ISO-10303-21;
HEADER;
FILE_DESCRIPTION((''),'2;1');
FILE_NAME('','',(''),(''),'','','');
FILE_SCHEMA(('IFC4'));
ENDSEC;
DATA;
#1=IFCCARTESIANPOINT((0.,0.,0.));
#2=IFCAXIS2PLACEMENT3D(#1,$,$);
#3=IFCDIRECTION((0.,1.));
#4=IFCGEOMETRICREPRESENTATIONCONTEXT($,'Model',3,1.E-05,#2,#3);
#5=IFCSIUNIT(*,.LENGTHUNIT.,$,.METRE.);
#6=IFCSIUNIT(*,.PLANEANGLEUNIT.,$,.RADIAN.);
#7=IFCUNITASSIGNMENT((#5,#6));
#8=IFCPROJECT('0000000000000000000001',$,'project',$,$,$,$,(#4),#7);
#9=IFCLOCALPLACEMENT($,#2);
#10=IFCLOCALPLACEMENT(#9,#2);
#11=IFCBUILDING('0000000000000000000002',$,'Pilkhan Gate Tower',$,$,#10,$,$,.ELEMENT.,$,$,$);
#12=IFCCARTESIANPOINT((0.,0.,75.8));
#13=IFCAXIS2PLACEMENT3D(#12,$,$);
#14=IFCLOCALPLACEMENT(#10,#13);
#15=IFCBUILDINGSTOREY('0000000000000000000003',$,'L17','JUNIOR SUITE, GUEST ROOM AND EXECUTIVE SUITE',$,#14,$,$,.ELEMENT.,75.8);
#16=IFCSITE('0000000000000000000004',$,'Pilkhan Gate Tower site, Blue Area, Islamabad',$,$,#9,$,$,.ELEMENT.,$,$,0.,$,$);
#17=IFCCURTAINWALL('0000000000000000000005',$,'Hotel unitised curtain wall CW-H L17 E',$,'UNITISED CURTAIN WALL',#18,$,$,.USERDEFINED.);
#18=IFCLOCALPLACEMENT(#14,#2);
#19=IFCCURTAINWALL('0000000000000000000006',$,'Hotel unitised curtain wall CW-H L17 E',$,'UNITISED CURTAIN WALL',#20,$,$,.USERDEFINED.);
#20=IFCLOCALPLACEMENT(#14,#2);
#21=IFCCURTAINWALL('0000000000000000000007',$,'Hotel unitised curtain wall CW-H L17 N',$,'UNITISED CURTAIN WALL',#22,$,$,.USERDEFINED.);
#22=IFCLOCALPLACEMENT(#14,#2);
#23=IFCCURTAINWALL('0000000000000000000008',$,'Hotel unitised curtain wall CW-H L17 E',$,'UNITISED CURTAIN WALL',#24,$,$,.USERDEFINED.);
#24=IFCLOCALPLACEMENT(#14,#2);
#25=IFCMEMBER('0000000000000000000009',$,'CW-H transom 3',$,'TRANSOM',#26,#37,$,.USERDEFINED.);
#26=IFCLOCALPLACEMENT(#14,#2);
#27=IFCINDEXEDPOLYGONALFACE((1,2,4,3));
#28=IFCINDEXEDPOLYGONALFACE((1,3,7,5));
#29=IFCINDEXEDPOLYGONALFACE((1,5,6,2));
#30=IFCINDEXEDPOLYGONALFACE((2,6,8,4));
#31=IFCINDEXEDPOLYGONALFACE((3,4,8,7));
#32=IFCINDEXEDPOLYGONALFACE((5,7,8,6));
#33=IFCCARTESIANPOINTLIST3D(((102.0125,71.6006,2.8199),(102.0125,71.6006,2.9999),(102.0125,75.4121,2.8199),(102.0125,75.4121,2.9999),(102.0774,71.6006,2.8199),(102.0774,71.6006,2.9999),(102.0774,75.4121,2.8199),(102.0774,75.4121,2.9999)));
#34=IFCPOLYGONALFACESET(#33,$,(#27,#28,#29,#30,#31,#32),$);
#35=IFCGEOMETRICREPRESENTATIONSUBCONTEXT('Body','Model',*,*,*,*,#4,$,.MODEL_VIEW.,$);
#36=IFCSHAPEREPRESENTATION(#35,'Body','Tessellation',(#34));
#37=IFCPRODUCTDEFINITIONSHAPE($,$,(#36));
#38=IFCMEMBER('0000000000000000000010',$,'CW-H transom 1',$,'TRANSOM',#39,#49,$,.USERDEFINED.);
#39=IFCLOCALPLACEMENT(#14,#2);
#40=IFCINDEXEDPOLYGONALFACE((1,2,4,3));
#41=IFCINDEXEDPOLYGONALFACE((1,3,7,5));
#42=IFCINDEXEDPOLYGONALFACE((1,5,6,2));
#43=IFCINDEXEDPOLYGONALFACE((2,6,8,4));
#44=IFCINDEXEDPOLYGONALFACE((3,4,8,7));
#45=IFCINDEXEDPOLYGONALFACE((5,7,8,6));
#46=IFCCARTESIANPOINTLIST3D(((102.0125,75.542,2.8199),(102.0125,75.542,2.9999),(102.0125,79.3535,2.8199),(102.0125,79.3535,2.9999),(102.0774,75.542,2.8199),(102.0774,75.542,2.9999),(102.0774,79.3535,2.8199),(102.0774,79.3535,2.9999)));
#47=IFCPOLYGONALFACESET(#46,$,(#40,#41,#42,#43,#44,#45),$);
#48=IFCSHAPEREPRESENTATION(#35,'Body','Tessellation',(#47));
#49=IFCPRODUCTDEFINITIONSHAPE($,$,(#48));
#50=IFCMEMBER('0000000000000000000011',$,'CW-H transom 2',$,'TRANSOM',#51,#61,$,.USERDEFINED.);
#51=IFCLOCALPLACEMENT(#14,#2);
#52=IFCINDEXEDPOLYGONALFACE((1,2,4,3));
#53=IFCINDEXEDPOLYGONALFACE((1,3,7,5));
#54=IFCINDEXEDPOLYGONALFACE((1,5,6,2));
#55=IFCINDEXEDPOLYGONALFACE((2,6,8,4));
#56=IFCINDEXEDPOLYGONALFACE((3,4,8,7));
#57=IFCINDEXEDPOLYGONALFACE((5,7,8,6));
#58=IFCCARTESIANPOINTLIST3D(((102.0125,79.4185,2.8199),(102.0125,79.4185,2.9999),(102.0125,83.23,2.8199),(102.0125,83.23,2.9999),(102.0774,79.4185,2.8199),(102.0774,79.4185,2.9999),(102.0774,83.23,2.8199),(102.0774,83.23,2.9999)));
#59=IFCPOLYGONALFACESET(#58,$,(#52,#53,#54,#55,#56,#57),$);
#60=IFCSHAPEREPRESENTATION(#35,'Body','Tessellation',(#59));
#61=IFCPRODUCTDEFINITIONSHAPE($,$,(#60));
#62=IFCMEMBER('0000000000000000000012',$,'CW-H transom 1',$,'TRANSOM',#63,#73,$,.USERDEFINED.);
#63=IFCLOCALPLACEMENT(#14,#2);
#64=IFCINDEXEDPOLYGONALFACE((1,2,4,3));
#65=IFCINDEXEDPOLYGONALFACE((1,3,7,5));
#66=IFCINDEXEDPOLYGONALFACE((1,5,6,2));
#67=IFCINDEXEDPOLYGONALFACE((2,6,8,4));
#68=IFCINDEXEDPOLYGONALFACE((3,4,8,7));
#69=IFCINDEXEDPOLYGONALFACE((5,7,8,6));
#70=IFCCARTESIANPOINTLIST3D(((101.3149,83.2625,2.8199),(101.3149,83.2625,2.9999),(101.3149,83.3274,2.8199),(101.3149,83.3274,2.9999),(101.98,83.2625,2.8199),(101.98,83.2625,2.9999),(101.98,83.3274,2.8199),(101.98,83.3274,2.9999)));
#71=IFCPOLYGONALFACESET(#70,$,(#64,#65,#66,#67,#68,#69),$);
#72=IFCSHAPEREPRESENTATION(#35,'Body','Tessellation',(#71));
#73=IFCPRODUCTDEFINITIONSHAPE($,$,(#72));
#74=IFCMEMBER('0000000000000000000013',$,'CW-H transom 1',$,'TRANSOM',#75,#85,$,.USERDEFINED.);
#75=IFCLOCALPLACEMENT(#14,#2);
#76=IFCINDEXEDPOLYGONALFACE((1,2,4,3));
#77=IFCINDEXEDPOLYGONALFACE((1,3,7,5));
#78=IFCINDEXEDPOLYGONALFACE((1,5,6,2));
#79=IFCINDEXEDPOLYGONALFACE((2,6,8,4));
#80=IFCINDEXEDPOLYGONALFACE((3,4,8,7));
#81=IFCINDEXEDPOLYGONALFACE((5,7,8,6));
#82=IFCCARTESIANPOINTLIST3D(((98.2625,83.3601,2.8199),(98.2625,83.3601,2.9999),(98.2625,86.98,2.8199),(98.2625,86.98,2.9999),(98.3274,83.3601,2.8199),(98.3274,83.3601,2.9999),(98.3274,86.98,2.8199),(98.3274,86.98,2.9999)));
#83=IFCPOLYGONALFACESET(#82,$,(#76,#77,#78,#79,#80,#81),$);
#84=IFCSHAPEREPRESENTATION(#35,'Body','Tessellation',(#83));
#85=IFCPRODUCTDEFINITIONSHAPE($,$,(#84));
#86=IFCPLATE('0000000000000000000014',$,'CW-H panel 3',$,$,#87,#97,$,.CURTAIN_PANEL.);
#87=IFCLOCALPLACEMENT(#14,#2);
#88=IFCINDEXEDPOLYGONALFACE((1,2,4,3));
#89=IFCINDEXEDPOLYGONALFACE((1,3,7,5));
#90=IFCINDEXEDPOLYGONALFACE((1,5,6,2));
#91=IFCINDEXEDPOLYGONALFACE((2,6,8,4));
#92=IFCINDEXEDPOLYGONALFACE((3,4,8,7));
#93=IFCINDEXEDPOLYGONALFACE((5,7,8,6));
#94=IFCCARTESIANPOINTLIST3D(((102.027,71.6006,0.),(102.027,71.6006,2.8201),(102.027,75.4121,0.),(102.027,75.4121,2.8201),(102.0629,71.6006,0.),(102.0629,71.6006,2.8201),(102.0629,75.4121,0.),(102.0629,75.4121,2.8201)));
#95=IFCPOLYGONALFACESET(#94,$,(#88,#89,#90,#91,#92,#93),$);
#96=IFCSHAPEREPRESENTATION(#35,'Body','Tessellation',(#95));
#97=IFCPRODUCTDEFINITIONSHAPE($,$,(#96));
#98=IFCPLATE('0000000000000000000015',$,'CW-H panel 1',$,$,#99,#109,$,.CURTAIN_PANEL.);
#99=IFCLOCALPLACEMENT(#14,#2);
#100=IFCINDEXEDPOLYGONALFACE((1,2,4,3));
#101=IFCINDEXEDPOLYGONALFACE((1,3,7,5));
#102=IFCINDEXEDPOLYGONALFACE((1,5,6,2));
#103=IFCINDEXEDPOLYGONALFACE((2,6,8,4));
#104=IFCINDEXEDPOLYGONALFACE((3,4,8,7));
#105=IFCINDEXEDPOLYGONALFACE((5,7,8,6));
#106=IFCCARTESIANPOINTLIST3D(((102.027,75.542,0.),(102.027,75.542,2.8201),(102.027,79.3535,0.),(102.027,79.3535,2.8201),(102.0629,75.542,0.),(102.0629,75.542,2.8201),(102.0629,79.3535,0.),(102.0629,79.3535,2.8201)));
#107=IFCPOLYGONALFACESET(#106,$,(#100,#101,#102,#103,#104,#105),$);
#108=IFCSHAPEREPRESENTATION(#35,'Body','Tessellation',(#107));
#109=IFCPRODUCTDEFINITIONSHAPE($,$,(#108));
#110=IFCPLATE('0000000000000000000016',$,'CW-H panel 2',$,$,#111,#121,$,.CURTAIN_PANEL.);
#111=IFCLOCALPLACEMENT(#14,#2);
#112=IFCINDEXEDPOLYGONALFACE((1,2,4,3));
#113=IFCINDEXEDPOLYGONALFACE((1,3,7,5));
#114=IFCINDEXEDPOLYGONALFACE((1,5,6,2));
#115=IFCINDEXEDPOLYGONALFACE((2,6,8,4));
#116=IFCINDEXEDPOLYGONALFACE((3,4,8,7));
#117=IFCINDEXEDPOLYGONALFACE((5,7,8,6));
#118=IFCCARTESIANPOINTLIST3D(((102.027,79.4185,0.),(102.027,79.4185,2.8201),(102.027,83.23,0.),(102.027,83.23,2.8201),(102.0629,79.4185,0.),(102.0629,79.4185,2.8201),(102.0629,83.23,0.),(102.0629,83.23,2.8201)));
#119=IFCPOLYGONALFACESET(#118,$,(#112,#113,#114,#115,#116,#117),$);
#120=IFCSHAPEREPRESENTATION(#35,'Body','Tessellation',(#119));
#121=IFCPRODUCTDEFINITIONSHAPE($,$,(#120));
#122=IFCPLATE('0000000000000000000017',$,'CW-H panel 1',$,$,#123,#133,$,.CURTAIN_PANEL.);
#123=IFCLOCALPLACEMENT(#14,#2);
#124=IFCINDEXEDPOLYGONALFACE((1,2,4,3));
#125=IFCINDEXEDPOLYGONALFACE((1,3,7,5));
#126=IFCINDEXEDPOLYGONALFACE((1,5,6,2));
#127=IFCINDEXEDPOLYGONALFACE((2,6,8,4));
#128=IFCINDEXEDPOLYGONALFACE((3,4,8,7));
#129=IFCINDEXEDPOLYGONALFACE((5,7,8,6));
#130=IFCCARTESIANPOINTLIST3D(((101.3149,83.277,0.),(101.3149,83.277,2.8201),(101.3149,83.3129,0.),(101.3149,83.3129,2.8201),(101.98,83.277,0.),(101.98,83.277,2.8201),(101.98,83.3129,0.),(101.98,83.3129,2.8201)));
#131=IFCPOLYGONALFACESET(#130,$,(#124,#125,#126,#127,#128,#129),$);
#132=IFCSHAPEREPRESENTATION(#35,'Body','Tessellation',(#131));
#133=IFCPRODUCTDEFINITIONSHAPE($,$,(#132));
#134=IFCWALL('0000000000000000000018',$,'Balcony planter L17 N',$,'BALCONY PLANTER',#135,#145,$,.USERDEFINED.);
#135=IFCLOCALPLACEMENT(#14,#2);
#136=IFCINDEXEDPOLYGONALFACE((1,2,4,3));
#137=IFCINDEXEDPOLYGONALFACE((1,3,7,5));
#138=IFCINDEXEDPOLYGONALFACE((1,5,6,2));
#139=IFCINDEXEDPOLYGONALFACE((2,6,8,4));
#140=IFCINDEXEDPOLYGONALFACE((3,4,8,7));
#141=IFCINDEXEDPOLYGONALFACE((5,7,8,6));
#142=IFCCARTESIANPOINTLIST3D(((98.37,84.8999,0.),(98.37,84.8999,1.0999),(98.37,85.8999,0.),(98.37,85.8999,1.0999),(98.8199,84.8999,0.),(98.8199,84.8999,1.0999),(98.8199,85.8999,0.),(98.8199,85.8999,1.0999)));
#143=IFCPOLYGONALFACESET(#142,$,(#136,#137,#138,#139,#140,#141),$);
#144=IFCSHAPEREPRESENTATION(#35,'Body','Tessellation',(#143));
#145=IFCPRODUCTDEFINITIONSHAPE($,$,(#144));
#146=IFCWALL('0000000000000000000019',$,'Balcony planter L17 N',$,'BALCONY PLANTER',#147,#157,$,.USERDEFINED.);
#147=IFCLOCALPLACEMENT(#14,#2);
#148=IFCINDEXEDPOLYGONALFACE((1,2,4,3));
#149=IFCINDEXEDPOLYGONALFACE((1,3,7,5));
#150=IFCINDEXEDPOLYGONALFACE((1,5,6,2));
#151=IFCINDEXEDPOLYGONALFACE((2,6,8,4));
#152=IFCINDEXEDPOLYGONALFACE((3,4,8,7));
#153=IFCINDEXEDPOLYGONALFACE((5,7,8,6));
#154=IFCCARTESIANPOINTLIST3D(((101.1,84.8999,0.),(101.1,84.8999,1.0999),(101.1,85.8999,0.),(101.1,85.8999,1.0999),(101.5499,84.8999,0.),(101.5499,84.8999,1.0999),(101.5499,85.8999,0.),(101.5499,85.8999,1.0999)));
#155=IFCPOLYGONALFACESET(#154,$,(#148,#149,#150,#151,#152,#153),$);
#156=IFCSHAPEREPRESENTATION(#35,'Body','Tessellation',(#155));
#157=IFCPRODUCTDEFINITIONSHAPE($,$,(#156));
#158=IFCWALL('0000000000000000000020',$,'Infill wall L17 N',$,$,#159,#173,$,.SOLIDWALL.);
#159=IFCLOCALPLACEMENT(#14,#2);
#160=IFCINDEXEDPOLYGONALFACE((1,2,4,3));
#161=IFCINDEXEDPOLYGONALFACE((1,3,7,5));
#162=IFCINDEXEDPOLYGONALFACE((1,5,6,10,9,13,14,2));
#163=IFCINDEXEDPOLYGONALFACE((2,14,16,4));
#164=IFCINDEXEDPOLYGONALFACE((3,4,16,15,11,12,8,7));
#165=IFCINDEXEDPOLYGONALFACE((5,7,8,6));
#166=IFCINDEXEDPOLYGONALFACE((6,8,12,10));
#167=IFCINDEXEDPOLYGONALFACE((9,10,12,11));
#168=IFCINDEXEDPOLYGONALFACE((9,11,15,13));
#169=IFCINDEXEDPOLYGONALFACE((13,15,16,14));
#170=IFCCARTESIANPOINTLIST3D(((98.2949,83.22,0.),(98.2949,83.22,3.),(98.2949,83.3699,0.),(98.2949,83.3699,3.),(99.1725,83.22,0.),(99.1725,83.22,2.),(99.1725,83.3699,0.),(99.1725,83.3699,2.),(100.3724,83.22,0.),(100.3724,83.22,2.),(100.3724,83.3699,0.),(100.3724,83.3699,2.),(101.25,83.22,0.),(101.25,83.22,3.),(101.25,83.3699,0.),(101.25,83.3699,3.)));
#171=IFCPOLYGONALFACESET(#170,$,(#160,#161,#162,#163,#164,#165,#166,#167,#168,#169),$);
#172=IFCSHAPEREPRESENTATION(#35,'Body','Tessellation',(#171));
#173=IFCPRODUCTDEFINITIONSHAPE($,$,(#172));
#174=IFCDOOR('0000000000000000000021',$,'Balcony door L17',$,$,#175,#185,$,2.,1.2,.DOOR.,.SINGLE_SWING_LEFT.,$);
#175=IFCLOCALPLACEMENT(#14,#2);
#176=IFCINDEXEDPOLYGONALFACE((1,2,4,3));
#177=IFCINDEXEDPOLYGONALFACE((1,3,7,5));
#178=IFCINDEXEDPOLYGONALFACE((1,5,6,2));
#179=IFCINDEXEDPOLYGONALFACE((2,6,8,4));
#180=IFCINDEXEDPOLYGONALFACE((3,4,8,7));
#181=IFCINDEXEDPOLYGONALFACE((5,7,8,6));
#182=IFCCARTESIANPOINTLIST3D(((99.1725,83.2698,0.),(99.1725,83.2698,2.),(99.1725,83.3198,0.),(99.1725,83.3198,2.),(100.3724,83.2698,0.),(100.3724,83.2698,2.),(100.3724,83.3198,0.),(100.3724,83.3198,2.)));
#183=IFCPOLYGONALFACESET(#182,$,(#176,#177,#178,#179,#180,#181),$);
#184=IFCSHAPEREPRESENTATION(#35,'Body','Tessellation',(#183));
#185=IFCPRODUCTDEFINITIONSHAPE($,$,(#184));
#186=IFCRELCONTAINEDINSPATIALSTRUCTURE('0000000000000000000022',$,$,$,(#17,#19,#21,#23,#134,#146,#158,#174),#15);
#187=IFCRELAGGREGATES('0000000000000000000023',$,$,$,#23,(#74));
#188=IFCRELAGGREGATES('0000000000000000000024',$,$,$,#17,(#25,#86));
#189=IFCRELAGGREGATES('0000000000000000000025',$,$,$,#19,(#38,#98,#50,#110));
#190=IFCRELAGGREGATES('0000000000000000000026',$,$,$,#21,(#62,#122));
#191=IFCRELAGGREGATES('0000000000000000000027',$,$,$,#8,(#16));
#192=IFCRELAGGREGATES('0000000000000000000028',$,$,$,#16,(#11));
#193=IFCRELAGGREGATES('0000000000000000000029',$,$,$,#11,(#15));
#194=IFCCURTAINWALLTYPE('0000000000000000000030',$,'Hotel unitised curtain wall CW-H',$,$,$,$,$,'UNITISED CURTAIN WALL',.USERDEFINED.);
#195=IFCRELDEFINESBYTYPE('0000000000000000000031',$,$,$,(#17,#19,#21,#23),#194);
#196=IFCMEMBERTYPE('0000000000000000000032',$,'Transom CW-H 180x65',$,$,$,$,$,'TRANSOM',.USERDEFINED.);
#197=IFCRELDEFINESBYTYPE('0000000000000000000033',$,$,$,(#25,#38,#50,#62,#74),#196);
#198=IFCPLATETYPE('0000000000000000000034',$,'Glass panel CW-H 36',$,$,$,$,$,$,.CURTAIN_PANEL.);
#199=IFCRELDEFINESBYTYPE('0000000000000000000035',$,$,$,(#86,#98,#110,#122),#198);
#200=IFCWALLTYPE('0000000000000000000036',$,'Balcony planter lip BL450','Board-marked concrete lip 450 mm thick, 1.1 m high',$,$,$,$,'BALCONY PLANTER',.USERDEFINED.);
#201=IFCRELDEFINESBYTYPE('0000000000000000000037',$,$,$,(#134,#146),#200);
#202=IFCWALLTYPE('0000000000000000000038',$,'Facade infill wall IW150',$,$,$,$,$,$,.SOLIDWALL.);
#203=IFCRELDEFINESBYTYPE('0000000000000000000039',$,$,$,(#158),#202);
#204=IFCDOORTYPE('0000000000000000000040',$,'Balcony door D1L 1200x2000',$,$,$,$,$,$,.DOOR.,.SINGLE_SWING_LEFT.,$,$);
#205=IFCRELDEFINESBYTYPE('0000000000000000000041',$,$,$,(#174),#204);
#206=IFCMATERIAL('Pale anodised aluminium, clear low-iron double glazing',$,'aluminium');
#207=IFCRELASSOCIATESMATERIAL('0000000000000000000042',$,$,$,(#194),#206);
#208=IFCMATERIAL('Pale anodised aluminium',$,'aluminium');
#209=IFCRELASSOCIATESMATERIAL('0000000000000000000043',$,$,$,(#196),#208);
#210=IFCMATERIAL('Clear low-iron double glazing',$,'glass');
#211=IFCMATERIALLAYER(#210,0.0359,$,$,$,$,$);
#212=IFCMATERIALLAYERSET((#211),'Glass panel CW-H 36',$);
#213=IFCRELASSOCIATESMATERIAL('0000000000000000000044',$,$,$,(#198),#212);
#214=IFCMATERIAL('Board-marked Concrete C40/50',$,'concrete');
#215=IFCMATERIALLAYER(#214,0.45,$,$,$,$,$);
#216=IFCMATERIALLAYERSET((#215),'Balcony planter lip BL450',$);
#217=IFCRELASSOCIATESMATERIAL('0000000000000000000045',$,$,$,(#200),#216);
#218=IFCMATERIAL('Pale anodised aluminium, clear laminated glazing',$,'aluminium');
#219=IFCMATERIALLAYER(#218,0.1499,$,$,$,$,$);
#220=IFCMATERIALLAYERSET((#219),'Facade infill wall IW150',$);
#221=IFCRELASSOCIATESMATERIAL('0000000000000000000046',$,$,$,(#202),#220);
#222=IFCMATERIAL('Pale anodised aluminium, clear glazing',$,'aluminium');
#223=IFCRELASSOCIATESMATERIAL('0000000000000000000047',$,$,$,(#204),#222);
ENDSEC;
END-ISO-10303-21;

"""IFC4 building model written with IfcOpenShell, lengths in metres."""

from ifc_helpers import new_model, si_unit, direction, frame, frame_2d, origin, origin_2d, place, context, subcontext, project, spatial, rectangle, extrude, material, layer, layer_set, material_profile, profile_set, type_object, element, fill, aggregate, save


model = new_model("IFC4")

# Units and contexts
model_context = context("Model", 3, precision=1e-05, world=origin(), true_north=direction((0.0, 1.0)))
body_context = subcontext(model_context, "Body", "Model", "MODEL_VIEW")
ifc_project = project(units=[si_unit("LENGTHUNIT", "METRE"), si_unit("PLANEANGLEUNIT", "RADIAN")], contexts=[model_context])

# Site, building, storey
site_placement = place(None, origin())
site = spatial("IfcSite", under=ifc_project, at=site_placement, Name="Pilkhan Gate Tower site, Blue Area, Islamabad", CompositionType="ELEMENT", RefElevation=0.0)
building_placement = place(site_placement, origin())
building = spatial("IfcBuilding", under=site, at=building_placement, Name="Pilkhan Gate Tower", CompositionType="ELEMENT")
storey_placement = place(building_placement, frame((0.0, 0.0, 75.8)))
storey = spatial("IfcBuildingStorey", under=building, at=storey_placement, Name="L17", Description="JUNIOR SUITE, GUEST ROOM AND EXECUTIVE SUITE", CompositionType="ELEMENT", Elevation=75.8)

# Curtain walls
ifc_material_1 = material(Name="Pale anodised aluminium, clear low-iron double glazing", Category="aluminium")
curtain_wall_type = type_object("IfcCurtainWallType", Name="Hotel unitised curtain wall CW-H", ElementType="UNITISED CURTAIN WALL", PredefinedType="USERDEFINED", material=ifc_material_1)
curtain_wall_1_placement = place(storey_placement, origin())
curtain_wall_1 = element("IfcCurtainWall", 1, at=curtain_wall_1_placement, inside=storey, type_object=curtain_wall_type, Name="Hotel unitised curtain wall CW-H L17 E", ObjectType="UNITISED CURTAIN WALL", PredefinedType="USERDEFINED")
ifc_material_2 = material(Name="Pale anodised aluminium", Category="aluminium")
curtain_wall_2_placement = place(storey_placement, origin())
curtain_wall_2 = element("IfcCurtainWall", 2, at=curtain_wall_2_placement, inside=storey, type_object=curtain_wall_type, Name="Hotel unitised curtain wall CW-H L17 E", ObjectType="UNITISED CURTAIN WALL", PredefinedType="USERDEFINED")
curtain_wall_3_placement = place(storey_placement, origin())
curtain_wall_3 = element("IfcCurtainWall", 3, at=curtain_wall_3_placement, inside=storey, type_object=curtain_wall_type, Name="Hotel unitised curtain wall CW-H L17 N", ObjectType="UNITISED CURTAIN WALL", PredefinedType="USERDEFINED")

# Curtain wall
curtain_wall_4_placement = place(storey_placement, origin())
curtain_wall_4 = element("IfcCurtainWall", 4, at=curtain_wall_4_placement, inside=storey, type_object=curtain_wall_type, Name="Hotel unitised curtain wall CW-H L17 E", ObjectType="UNITISED CURTAIN WALL", PredefinedType="USERDEFINED")

# Members
ifc_material_profile_1 = material_profile(ifc_material_2, rectangle(XDim=0.0649, YDim=0.1799, at=origin_2d()), Name="Transom 180x65")
ifc_profile_set_1 = profile_set([ifc_material_profile_1], Name="Pale anodised aluminium")
member_type_1 = type_object("IfcMemberType", Name="Transom CW-H 180x65", ElementType="TRANSOM", PredefinedType="USERDEFINED", material=ifc_profile_set_1)
member_1_placement = place(storey_placement, frame((102.0449, 71.6006, 2.9099), z_axis=(0.0, 1.0, 0.0), x_axis=(-1.0, 0.0, 0.0)))
member_1 = element("IfcMember", 5, at=member_1_placement, type_object=member_type_1, Name="CW-H transom 3", ObjectType="TRANSOM", PredefinedType="USERDEFINED", context=body_context, shape_type="SweptSolid", body=[
    extrude(rectangle(XDim=0.0649, YDim=0.1799, at=origin_2d()), origin(), (0.0, 0.0, 1.0), 3.8115),
])
member_2_placement = place(storey_placement, frame((102.0449, 75.542, 2.9099), z_axis=(0.0, 1.0, 0.0), x_axis=(-1.0, 0.0, 0.0)))
member_2 = element("IfcMember", 6, at=member_2_placement, type_object=member_type_1, Name="CW-H transom 1", ObjectType="TRANSOM", PredefinedType="USERDEFINED", context=body_context, shape_type="SweptSolid", body=[
    extrude(rectangle(XDim=0.0649, YDim=0.1799, at=origin_2d()), origin(), (0.0, 0.0, 1.0), 3.8115),
])
member_3_placement = place(storey_placement, frame((102.0449, 79.4185, 2.9099), z_axis=(0.0, 1.0, 0.0), x_axis=(-1.0, 0.0, 0.0)))
member_3 = element("IfcMember", 7, at=member_3_placement, type_object=member_type_1, Name="CW-H transom 2", ObjectType="TRANSOM", PredefinedType="USERDEFINED", context=body_context, shape_type="SweptSolid", body=[
    extrude(rectangle(XDim=0.0649, YDim=0.1799, at=origin_2d()), origin(), (0.0, 0.0, 1.0), 3.8115),
])
member_4_placement = place(storey_placement, frame((101.3149, 83.2949, 2.9099), z_axis=(1.0, 0.0, 0.0), x_axis=(0.0, 1.0, 0.0)))
member_4 = element("IfcMember", 8, at=member_4_placement, type_object=member_type_1, Name="CW-H transom 1", ObjectType="TRANSOM", PredefinedType="USERDEFINED", context=body_context, shape_type="SweptSolid", body=[
    extrude(rectangle(XDim=0.0649, YDim=0.1799, at=origin_2d()), origin(), (0.0, 0.0, 1.0), 0.665),
])
member_5_placement = place(storey_placement, frame((98.2949, 83.3601, 2.9099), z_axis=(0.0, 1.0, 0.0), x_axis=(-1.0, 0.0, 0.0)))
member_5 = element("IfcMember", 9, at=member_5_placement, type_object=member_type_1, Name="CW-H transom 1", ObjectType="TRANSOM", PredefinedType="USERDEFINED", context=body_context, shape_type="SweptSolid", body=[
    extrude(rectangle(XDim=0.0649, YDim=0.1799, at=origin_2d()), origin(), (0.0, 0.0, 1.0), 3.6199),
])
aggregate(curtain_wall_4, [member_5])

# Plates
ifc_material_3 = material(Name="Clear low-iron double glazing", Category="glass")
ifc_layer_1 = layer(ifc_material_3, 0.0359)
ifc_layer_set_1 = layer_set([ifc_layer_1], Name="Glass panel CW-H 36")
plate_type = type_object("IfcPlateType", Name="Glass panel CW-H 36", PredefinedType="CURTAIN_PANEL", material=ifc_layer_set_1)
plate_1_placement = place(storey_placement, frame((102.0449, 73.5063, 0.0), z_axis=(0.0, 0.0, 1.0), x_axis=(0.0, 1.0, 0.0)))
plate_1 = element("IfcPlate", 10, at=plate_1_placement, type_object=plate_type, Name="CW-H panel 3", PredefinedType="CURTAIN_PANEL", context=body_context, shape_type="SweptSolid", body=[
    extrude(rectangle(XDim=3.8115, YDim=0.0359, at=origin_2d()), origin(), (0.0, 0.0, 1.0), 2.8201),
])
aggregate(curtain_wall_1, [member_1, plate_1])
plate_2_placement = place(storey_placement, frame((102.0449, 77.4478, 0.0), z_axis=(0.0, 0.0, 1.0), x_axis=(0.0, 1.0, 0.0)))
plate_2 = element("IfcPlate", 11, at=plate_2_placement, type_object=plate_type, Name="CW-H panel 1", PredefinedType="CURTAIN_PANEL", context=body_context, shape_type="SweptSolid", body=[
    extrude(rectangle(XDim=3.8115, YDim=0.0359, at=origin_2d()), origin(), (0.0, 0.0, 1.0), 2.8201),
])
plate_3_placement = place(storey_placement, frame((102.0449, 81.3242, 0.0), z_axis=(0.0, 0.0, 1.0), x_axis=(0.0, 1.0, 0.0)))
plate_3 = element("IfcPlate", 12, at=plate_3_placement, type_object=plate_type, Name="CW-H panel 2", PredefinedType="CURTAIN_PANEL", context=body_context, shape_type="SweptSolid", body=[
    extrude(rectangle(XDim=3.8115, YDim=0.0359, at=origin_2d()), origin(), (0.0, 0.0, 1.0), 2.8201),
])
aggregate(curtain_wall_2, [member_2, plate_2, member_3, plate_3])
plate_4_placement = place(storey_placement, frame((101.6475, 83.2949, 0.0), z_axis=(0.0, 0.0, 1.0), x_axis=(1.0, 0.0, 0.0)))
plate_4 = element("IfcPlate", 13, at=plate_4_placement, type_object=plate_type, Name="CW-H panel 1", PredefinedType="CURTAIN_PANEL", context=body_context, shape_type="SweptSolid", body=[
    extrude(rectangle(XDim=0.665, YDim=0.0359, at=origin_2d()), origin(), (0.0, 0.0, 1.0), 2.8201),
])
aggregate(curtain_wall_3, [member_4, plate_4])

# Walls
ifc_material_4 = material(Name="Board-marked Concrete C40/50", Category="concrete")
ifc_layer_2 = layer(ifc_material_4, 0.45)
ifc_layer_set_2 = layer_set([ifc_layer_2], Name="Balcony planter lip BL450")
wall_type_1 = type_object("IfcWallType", Name="Balcony planter lip BL450", Description="Board-marked concrete lip 450 mm thick, 1.1 m high", ElementType="BALCONY PLANTER", PredefinedType="USERDEFINED", material=ifc_layer_set_2)
for number, where, z_axis, x_axis, name in (
    (14, (98.595, 84.8999, 0.0), (0.0, 0.0, 1.0), (0.0, 1.0, 0.0), "Balcony planter L17 N"),
    (15, (101.325, 84.8999, 0.0), (0.0, 0.0, 1.0), (0.0, 1.0, 0.0), "Balcony planter L17 N"),
):
    element("IfcWall", number, at=place(storey_placement, frame(where, z_axis=z_axis, x_axis=x_axis)), inside=storey, type_object=wall_type_1, Name=name, ObjectType="BALCONY PLANTER", PredefinedType="USERDEFINED", context=body_context, shape_type="SweptSolid", body=[
        extrude(rectangle(XDim=1.0, YDim=0.45, at=frame_2d((0.5, 0.0))), origin(), (0.0, 0.0, 1.0), 1.0999),
    ])

# Wall, opening, door
ifc_material_5 = material(Name="Pale anodised aluminium, clear laminated glazing", Category="aluminium")
ifc_layer_3 = layer(ifc_material_5, 0.1499)
ifc_layer_set_3 = layer_set([ifc_layer_3], Name="Facade infill wall IW150")
wall_type_2 = type_object("IfcWallType", Name="Facade infill wall IW150", PredefinedType="SOLIDWALL", material=ifc_layer_set_3)
wall_1_placement = place(storey_placement, frame((98.2949, 83.2949, 0.0), z_axis=(0.0, 0.0, 1.0), x_axis=(1.0, 0.0, 0.0)))
wall_1 = element("IfcWall", 16, at=wall_1_placement, inside=storey, type_object=wall_type_2, Name="Infill wall L17 N", PredefinedType="SOLIDWALL", context=body_context, shape_type="SweptSolid", body=[
    extrude(rectangle(XDim=2.9551, YDim=0.1499, at=frame_2d((1.4775, 0.0))), origin(), (0.0, 0.0, 1.0), 3.0),
])
opening_1_placement = place(wall_1_placement, frame((0.8774, 0.0, 0.0)))
opening_1 = element("IfcOpeningElement", 17, at=opening_1_placement, cuts=wall_1, PredefinedType="OPENING", context=body_context, shape_type="SweptSolid", body=[
    extrude(rectangle(XDim=1.2, YDim=2.0, at=frame_2d((0.6001, 1.0))), frame((0.0, 0.085, 0.0), z_axis=(0.0, -1.0, 0.0), x_axis=(1.0, 0.0, 0.0)), (0.0, 0.0, 1.0), 0.1699),
])
ifc_material_6 = material(Name="Pale anodised aluminium, clear glazing", Category="aluminium")
door_type_1 = type_object("IfcDoorType", Name="Balcony door D1L 1200x2000", OperationType="SINGLE_SWING_LEFT", PredefinedType="DOOR", material=ifc_material_6)
door_1_placement = place(opening_1_placement, origin())
door_1 = element("IfcDoor", 18, at=door_1_placement, inside=storey, type_object=door_type_1, Name="Balcony door L17", OperationType="SINGLE_SWING_LEFT", OverallHeight=2.0, OverallWidth=1.2, PredefinedType="DOOR", context=body_context, shape_type="SweptSolid", body=[
    extrude(rectangle(XDim=1.2, YDim=2.0, at=frame_2d((0.6001, 1.0))), frame((0.0, 0.0249, 0.0), z_axis=(0.0, -1.0, 0.0), x_axis=(1.0, 0.0, 0.0)), (0.0, 0.0, 1.0), 0.05),
])
fill(opening_1, door_1)

save(model, "model.ifc")
